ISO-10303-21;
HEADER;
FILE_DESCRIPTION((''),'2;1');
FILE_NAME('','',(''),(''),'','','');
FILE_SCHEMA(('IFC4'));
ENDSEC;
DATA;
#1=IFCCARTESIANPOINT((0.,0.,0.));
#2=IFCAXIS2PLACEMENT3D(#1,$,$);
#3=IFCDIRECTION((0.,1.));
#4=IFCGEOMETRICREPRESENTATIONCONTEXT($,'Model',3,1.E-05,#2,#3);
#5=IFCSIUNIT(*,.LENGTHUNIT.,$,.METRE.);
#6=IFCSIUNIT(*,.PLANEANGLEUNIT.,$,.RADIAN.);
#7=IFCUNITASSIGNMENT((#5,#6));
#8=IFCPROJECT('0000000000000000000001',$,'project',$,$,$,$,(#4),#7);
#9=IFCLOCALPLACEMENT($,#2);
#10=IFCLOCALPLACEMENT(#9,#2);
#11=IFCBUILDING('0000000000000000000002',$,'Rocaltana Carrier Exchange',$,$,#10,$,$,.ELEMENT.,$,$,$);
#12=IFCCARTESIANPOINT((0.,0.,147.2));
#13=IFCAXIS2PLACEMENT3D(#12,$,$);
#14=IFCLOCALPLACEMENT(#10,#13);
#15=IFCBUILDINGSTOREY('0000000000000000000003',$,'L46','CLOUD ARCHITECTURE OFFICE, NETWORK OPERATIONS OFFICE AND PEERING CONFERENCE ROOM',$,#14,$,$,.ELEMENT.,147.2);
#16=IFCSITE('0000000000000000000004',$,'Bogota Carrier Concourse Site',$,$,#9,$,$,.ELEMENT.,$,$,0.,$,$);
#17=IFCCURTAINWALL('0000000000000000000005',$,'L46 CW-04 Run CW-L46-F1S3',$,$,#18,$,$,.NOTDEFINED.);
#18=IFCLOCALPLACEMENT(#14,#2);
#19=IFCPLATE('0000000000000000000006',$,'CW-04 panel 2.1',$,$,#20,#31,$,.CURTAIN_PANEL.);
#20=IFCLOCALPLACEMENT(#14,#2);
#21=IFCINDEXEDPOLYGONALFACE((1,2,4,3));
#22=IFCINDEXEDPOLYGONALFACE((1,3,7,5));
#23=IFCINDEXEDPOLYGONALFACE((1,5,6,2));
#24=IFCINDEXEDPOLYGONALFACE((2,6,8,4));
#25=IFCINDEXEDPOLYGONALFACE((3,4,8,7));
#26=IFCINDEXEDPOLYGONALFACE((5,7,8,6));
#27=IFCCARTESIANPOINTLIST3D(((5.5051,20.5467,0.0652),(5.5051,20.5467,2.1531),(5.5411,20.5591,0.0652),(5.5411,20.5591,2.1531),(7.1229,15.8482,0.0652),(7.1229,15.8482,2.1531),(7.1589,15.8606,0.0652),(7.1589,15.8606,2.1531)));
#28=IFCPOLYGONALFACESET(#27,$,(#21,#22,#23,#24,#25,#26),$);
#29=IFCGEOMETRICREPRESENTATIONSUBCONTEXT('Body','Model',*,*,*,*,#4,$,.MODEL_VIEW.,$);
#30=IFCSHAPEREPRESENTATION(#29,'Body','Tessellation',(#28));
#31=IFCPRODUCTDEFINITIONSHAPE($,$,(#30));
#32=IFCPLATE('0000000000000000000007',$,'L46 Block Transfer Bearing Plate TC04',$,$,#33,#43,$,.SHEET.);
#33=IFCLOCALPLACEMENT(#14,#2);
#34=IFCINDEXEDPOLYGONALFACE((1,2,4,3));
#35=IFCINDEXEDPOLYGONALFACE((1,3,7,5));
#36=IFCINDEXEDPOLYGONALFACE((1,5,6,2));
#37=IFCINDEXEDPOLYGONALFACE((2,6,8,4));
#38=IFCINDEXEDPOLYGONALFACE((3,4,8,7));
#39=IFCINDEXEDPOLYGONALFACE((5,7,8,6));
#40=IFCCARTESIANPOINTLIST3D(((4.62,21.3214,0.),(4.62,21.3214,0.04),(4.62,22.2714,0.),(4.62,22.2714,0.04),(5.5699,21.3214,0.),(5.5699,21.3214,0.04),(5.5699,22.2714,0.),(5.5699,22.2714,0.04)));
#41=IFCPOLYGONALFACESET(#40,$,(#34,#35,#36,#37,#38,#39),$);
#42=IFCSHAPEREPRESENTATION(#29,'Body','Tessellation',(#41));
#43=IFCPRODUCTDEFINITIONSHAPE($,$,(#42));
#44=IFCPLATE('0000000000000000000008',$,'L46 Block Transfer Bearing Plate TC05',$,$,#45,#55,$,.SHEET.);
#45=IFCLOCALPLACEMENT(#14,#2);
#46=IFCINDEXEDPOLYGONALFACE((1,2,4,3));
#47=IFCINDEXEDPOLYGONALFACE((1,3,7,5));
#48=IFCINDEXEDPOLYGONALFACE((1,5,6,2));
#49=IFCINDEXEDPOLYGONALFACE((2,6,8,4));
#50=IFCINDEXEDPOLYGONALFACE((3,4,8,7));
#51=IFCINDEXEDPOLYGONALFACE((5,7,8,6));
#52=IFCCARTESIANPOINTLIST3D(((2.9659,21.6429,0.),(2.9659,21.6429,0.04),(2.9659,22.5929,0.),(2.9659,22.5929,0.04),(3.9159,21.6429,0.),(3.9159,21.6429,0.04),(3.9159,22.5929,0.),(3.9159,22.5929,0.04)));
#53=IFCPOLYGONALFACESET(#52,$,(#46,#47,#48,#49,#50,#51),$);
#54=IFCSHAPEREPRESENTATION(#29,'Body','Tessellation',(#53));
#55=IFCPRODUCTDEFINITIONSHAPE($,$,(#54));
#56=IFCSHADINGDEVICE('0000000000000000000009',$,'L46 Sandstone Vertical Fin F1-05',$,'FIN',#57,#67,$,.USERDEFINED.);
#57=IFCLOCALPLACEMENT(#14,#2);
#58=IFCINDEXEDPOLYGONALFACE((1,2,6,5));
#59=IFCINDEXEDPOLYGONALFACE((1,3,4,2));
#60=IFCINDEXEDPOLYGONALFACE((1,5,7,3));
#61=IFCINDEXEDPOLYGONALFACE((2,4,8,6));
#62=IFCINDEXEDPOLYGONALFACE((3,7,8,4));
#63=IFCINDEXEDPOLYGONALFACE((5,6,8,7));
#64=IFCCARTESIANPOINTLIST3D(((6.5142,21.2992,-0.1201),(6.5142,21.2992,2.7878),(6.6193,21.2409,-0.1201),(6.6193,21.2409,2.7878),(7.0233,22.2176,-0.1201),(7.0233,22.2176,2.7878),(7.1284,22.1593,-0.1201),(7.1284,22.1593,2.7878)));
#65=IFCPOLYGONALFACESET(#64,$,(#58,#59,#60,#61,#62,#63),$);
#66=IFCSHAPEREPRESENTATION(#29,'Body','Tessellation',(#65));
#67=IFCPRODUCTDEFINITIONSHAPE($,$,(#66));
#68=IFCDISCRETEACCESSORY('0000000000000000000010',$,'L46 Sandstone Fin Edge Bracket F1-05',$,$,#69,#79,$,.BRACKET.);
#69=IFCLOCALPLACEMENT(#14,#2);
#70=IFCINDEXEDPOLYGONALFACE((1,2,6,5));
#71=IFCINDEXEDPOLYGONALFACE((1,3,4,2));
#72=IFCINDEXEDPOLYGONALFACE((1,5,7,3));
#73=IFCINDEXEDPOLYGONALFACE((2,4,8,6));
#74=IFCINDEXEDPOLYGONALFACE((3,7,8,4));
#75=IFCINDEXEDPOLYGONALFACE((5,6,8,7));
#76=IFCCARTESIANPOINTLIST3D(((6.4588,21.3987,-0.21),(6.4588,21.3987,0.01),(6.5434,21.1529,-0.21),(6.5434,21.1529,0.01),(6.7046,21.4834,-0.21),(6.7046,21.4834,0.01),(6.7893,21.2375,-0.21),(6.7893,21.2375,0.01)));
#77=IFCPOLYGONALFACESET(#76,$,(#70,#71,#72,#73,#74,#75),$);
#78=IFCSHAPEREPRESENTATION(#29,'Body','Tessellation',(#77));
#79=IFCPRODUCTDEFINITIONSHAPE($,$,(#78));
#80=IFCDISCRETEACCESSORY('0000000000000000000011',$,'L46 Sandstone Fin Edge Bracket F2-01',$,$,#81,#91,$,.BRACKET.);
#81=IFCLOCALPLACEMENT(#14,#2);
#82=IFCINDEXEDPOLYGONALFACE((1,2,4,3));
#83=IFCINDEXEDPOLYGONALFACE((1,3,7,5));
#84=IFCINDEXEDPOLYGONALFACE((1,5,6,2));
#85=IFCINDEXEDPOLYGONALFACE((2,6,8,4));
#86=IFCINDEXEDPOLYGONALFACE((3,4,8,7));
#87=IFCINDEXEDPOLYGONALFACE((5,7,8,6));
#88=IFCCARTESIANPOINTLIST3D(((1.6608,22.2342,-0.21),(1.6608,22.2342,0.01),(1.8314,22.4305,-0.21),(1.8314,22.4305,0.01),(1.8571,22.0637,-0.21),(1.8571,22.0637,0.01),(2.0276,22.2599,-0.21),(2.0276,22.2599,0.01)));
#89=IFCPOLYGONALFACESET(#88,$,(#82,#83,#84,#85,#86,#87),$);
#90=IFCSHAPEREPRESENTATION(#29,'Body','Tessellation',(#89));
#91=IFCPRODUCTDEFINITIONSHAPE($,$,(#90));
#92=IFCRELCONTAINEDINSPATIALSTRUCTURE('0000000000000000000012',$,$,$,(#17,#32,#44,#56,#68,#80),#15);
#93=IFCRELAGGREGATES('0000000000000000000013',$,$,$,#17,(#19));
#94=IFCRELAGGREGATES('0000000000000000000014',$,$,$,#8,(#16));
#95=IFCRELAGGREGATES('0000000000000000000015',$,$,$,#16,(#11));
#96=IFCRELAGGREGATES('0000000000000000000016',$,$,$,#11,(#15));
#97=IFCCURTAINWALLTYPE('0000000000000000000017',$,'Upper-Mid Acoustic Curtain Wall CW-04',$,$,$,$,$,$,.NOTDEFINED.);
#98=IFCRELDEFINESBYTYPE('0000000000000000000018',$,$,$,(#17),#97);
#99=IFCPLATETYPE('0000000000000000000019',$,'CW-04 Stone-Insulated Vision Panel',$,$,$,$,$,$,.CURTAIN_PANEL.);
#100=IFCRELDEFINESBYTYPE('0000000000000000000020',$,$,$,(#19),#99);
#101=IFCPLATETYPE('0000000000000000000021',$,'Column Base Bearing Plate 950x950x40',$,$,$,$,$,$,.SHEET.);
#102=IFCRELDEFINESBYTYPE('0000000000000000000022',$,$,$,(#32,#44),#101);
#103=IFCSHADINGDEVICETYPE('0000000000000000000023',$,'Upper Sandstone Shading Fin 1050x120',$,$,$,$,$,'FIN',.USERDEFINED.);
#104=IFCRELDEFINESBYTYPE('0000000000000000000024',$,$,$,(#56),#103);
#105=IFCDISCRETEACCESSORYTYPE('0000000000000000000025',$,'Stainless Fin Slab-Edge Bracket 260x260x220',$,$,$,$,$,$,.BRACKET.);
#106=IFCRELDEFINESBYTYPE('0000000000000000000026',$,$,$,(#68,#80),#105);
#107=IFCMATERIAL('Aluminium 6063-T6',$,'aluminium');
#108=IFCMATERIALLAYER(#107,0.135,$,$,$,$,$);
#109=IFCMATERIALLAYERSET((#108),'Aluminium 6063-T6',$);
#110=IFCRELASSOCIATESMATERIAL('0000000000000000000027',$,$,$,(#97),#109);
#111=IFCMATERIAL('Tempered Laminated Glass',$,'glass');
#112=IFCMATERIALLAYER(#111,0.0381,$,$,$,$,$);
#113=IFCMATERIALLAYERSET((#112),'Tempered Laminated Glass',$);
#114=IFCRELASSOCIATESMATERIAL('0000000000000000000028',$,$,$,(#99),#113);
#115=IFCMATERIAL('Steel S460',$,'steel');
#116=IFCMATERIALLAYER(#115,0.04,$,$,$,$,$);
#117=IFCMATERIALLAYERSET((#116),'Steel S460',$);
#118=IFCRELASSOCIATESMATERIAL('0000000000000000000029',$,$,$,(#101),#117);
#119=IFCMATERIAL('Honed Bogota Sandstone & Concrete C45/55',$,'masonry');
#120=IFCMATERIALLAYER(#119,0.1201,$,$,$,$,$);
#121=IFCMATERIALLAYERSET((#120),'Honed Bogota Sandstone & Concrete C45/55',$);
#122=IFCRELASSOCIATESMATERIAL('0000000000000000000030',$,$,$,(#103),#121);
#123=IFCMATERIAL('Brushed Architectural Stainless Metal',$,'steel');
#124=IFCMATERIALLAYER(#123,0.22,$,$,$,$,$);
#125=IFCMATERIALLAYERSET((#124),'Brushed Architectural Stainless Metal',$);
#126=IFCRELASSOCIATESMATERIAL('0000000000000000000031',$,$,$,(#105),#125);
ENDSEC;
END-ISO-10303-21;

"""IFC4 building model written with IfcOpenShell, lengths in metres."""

from ifc_helpers import new_model, si_unit, direction, frame, origin, origin_2d, place, context, subcontext, project, spatial, rectangle, extrude, material, layer, layer_set, type_object, element, aggregate, save


model = new_model("IFC4")

# Units and contexts
model_context = context("Model", 3, precision=1e-05, world=origin(), true_north=direction((0.0, 1.0)))
body_context = subcontext(model_context, "Body", "Model", "MODEL_VIEW")
ifc_project = project(units=[si_unit("LENGTHUNIT", "METRE"), si_unit("PLANEANGLEUNIT", "RADIAN")], contexts=[model_context])

# Site, building, storey
site_placement = place(None, origin())
site = spatial("IfcSite", under=ifc_project, at=site_placement, Name="Bogota Carrier Concourse Site", CompositionType="ELEMENT", RefElevation=0.0)
building_placement = place(site_placement, origin())
building = spatial("IfcBuilding", under=site, at=building_placement, Name="Rocaltana Carrier Exchange", CompositionType="ELEMENT")
storey_placement = place(building_placement, frame((0.0, 0.0, 147.2)))
storey = spatial("IfcBuildingStorey", under=building, at=storey_placement, Name="L46", Description="CLOUD ARCHITECTURE OFFICE, NETWORK OPERATIONS OFFICE AND PEERING CONFERENCE ROOM", CompositionType="ELEMENT", Elevation=147.2)

# Curtain wall
ifc_material_1 = material(Name="Aluminium 6063-T6", Category="aluminium")
ifc_layer_1 = layer(ifc_material_1, 0.135)
ifc_layer_set_1 = layer_set([ifc_layer_1], Name="Aluminium 6063-T6")
curtain_wall_type = type_object("IfcCurtainWallType", Name="Upper-Mid Acoustic Curtain Wall CW-04", PredefinedType="NOTDEFINED", material=ifc_layer_set_1)
curtain_wall_1_placement = place(storey_placement, origin())
curtain_wall_1 = element("IfcCurtainWall", 1, at=curtain_wall_1_placement, inside=storey, type_object=curtain_wall_type, Name="L46 CW-04 Run CW-L46-F1S3", PredefinedType="NOTDEFINED")

# Plate
ifc_material_2 = material(Name="Tempered Laminated Glass", Category="glass")
ifc_layer_2 = layer(ifc_material_2, 0.0381)
ifc_layer_set_2 = layer_set([ifc_layer_2], Name="Tempered Laminated Glass")
plate_type_1 = type_object("IfcPlateType", Name="CW-04 Stone-Insulated Vision Panel", PredefinedType="CURTAIN_PANEL", material=ifc_layer_set_2)
plate_placement = place(storey_placement, frame((6.332, 18.2036, 0.0652), z_axis=(0.0, 0.0, 1.0), x_axis=(-0.325559, 0.945522, 0.0)))
plate = element("IfcPlate", 2, at=plate_placement, type_object=plate_type_1, Name="CW-04 panel 2.1", PredefinedType="CURTAIN_PANEL", context=body_context, shape_type="SweptSolid", body=[
    extrude(rectangle(XDim=4.9692, YDim=0.0381, at=origin_2d()), origin(), (0.0, 0.0, 1.0), 2.0879),
])
aggregate(curtain_wall_1, [plate])

# Plates
ifc_material_3 = material(Name="Steel S460", Category="steel")
ifc_layer_3 = layer(ifc_material_3, 0.04)
ifc_layer_set_3 = layer_set([ifc_layer_3], Name="Steel S460")
plate_type_2 = type_object("IfcPlateType", Name="Column Base Bearing Plate 950x950x40", PredefinedType="SHEET", material=ifc_layer_set_3)
for number, where, z_axis, x_axis, name in (
    (3, (5.095, 21.7964, 0.0), (0.0, 0.0, 1.0), (1.0, 0.0, 0.0), "L46 Block Transfer Bearing Plate TC04"),
    (4, (3.4409, 22.1179, 0.0), (0.0, 0.0, 1.0), (1.0, 0.0, 0.0), "L46 Block Transfer Bearing Plate TC05"),
):
    element("IfcPlate", number, at=place(storey_placement, frame(where, z_axis=z_axis, x_axis=x_axis)), inside=storey, type_object=plate_type_2, Name=name, PredefinedType="SHEET", context=body_context, shape_type="SweptSolid", body=[
        extrude(rectangle(XDim=0.95, YDim=0.95, at=origin_2d()), origin(), (0.0, 0.0, 1.0), 0.04),
    ])

# Shading device
ifc_material_4 = material(Name="Honed Bogota Sandstone & Concrete C45/55", Category="masonry")
ifc_layer_4 = layer(ifc_material_4, 0.1201)
ifc_layer_set_4 = layer_set([ifc_layer_4], Name="Honed Bogota Sandstone & Concrete C45/55")
shading_device_type = type_object("IfcShadingDeviceType", Name="Upper Sandstone Shading Fin 1050x120", ElementType="FIN", PredefinedType="USERDEFINED", material=ifc_layer_set_4)
shading_device_placement = place(storey_placement, frame((6.8213, 21.7292, -0.1201), z_axis=(0.0, 0.0, 1.0), x_axis=(0.48481, 0.87462, 0.0)))
element("IfcShadingDevice", 5, at=shading_device_placement, inside=storey, type_object=shading_device_type, Name="L46 Sandstone Vertical Fin F1-05", ObjectType="FIN", PredefinedType="USERDEFINED", context=body_context, shape_type="SweptSolid", body=[
    extrude(rectangle(XDim=1.05, YDim=0.1201, at=origin_2d()), origin(), (0.0, 0.0, 1.0), 2.908),
])

# Discrete accessories
ifc_material_5 = material(Name="Brushed Architectural Stainless Metal", Category="steel")
ifc_layer_5 = layer(ifc_material_5, 0.22)
ifc_layer_set_5 = layer_set([ifc_layer_5], Name="Brushed Architectural Stainless Metal")
discrete_accessory_type = type_object("IfcDiscreteAccessoryType", Name="Stainless Fin Slab-Edge Bracket 260x260x220", PredefinedType="BRACKET", material=ifc_layer_set_5)
for number, where, z_axis, x_axis, name in (
    (6, (6.624, 21.3181, -0.21), (0.0, 0.0, 1.0), (-0.325568, 0.945519, 0.0), "L46 Sandstone Fin Edge Bracket F1-05"),
    (7, (1.8442, 22.2471, -0.21), (0.0, 0.0, 1.0), (-0.656059, -0.75471, 0.0), "L46 Sandstone Fin Edge Bracket F2-01"),
):
    element("IfcDiscreteAccessory", number, at=place(storey_placement, frame(where, z_axis=z_axis, x_axis=x_axis)), inside=storey, type_object=discrete_accessory_type, Name=name, PredefinedType="BRACKET", context=body_context, shape_type="SweptSolid", body=[
        extrude(rectangle(XDim=0.26, YDim=0.26, at=origin_2d()), origin(), (0.0, 0.0, 1.0), 0.22),
    ])

save(model, "model.ifc")
